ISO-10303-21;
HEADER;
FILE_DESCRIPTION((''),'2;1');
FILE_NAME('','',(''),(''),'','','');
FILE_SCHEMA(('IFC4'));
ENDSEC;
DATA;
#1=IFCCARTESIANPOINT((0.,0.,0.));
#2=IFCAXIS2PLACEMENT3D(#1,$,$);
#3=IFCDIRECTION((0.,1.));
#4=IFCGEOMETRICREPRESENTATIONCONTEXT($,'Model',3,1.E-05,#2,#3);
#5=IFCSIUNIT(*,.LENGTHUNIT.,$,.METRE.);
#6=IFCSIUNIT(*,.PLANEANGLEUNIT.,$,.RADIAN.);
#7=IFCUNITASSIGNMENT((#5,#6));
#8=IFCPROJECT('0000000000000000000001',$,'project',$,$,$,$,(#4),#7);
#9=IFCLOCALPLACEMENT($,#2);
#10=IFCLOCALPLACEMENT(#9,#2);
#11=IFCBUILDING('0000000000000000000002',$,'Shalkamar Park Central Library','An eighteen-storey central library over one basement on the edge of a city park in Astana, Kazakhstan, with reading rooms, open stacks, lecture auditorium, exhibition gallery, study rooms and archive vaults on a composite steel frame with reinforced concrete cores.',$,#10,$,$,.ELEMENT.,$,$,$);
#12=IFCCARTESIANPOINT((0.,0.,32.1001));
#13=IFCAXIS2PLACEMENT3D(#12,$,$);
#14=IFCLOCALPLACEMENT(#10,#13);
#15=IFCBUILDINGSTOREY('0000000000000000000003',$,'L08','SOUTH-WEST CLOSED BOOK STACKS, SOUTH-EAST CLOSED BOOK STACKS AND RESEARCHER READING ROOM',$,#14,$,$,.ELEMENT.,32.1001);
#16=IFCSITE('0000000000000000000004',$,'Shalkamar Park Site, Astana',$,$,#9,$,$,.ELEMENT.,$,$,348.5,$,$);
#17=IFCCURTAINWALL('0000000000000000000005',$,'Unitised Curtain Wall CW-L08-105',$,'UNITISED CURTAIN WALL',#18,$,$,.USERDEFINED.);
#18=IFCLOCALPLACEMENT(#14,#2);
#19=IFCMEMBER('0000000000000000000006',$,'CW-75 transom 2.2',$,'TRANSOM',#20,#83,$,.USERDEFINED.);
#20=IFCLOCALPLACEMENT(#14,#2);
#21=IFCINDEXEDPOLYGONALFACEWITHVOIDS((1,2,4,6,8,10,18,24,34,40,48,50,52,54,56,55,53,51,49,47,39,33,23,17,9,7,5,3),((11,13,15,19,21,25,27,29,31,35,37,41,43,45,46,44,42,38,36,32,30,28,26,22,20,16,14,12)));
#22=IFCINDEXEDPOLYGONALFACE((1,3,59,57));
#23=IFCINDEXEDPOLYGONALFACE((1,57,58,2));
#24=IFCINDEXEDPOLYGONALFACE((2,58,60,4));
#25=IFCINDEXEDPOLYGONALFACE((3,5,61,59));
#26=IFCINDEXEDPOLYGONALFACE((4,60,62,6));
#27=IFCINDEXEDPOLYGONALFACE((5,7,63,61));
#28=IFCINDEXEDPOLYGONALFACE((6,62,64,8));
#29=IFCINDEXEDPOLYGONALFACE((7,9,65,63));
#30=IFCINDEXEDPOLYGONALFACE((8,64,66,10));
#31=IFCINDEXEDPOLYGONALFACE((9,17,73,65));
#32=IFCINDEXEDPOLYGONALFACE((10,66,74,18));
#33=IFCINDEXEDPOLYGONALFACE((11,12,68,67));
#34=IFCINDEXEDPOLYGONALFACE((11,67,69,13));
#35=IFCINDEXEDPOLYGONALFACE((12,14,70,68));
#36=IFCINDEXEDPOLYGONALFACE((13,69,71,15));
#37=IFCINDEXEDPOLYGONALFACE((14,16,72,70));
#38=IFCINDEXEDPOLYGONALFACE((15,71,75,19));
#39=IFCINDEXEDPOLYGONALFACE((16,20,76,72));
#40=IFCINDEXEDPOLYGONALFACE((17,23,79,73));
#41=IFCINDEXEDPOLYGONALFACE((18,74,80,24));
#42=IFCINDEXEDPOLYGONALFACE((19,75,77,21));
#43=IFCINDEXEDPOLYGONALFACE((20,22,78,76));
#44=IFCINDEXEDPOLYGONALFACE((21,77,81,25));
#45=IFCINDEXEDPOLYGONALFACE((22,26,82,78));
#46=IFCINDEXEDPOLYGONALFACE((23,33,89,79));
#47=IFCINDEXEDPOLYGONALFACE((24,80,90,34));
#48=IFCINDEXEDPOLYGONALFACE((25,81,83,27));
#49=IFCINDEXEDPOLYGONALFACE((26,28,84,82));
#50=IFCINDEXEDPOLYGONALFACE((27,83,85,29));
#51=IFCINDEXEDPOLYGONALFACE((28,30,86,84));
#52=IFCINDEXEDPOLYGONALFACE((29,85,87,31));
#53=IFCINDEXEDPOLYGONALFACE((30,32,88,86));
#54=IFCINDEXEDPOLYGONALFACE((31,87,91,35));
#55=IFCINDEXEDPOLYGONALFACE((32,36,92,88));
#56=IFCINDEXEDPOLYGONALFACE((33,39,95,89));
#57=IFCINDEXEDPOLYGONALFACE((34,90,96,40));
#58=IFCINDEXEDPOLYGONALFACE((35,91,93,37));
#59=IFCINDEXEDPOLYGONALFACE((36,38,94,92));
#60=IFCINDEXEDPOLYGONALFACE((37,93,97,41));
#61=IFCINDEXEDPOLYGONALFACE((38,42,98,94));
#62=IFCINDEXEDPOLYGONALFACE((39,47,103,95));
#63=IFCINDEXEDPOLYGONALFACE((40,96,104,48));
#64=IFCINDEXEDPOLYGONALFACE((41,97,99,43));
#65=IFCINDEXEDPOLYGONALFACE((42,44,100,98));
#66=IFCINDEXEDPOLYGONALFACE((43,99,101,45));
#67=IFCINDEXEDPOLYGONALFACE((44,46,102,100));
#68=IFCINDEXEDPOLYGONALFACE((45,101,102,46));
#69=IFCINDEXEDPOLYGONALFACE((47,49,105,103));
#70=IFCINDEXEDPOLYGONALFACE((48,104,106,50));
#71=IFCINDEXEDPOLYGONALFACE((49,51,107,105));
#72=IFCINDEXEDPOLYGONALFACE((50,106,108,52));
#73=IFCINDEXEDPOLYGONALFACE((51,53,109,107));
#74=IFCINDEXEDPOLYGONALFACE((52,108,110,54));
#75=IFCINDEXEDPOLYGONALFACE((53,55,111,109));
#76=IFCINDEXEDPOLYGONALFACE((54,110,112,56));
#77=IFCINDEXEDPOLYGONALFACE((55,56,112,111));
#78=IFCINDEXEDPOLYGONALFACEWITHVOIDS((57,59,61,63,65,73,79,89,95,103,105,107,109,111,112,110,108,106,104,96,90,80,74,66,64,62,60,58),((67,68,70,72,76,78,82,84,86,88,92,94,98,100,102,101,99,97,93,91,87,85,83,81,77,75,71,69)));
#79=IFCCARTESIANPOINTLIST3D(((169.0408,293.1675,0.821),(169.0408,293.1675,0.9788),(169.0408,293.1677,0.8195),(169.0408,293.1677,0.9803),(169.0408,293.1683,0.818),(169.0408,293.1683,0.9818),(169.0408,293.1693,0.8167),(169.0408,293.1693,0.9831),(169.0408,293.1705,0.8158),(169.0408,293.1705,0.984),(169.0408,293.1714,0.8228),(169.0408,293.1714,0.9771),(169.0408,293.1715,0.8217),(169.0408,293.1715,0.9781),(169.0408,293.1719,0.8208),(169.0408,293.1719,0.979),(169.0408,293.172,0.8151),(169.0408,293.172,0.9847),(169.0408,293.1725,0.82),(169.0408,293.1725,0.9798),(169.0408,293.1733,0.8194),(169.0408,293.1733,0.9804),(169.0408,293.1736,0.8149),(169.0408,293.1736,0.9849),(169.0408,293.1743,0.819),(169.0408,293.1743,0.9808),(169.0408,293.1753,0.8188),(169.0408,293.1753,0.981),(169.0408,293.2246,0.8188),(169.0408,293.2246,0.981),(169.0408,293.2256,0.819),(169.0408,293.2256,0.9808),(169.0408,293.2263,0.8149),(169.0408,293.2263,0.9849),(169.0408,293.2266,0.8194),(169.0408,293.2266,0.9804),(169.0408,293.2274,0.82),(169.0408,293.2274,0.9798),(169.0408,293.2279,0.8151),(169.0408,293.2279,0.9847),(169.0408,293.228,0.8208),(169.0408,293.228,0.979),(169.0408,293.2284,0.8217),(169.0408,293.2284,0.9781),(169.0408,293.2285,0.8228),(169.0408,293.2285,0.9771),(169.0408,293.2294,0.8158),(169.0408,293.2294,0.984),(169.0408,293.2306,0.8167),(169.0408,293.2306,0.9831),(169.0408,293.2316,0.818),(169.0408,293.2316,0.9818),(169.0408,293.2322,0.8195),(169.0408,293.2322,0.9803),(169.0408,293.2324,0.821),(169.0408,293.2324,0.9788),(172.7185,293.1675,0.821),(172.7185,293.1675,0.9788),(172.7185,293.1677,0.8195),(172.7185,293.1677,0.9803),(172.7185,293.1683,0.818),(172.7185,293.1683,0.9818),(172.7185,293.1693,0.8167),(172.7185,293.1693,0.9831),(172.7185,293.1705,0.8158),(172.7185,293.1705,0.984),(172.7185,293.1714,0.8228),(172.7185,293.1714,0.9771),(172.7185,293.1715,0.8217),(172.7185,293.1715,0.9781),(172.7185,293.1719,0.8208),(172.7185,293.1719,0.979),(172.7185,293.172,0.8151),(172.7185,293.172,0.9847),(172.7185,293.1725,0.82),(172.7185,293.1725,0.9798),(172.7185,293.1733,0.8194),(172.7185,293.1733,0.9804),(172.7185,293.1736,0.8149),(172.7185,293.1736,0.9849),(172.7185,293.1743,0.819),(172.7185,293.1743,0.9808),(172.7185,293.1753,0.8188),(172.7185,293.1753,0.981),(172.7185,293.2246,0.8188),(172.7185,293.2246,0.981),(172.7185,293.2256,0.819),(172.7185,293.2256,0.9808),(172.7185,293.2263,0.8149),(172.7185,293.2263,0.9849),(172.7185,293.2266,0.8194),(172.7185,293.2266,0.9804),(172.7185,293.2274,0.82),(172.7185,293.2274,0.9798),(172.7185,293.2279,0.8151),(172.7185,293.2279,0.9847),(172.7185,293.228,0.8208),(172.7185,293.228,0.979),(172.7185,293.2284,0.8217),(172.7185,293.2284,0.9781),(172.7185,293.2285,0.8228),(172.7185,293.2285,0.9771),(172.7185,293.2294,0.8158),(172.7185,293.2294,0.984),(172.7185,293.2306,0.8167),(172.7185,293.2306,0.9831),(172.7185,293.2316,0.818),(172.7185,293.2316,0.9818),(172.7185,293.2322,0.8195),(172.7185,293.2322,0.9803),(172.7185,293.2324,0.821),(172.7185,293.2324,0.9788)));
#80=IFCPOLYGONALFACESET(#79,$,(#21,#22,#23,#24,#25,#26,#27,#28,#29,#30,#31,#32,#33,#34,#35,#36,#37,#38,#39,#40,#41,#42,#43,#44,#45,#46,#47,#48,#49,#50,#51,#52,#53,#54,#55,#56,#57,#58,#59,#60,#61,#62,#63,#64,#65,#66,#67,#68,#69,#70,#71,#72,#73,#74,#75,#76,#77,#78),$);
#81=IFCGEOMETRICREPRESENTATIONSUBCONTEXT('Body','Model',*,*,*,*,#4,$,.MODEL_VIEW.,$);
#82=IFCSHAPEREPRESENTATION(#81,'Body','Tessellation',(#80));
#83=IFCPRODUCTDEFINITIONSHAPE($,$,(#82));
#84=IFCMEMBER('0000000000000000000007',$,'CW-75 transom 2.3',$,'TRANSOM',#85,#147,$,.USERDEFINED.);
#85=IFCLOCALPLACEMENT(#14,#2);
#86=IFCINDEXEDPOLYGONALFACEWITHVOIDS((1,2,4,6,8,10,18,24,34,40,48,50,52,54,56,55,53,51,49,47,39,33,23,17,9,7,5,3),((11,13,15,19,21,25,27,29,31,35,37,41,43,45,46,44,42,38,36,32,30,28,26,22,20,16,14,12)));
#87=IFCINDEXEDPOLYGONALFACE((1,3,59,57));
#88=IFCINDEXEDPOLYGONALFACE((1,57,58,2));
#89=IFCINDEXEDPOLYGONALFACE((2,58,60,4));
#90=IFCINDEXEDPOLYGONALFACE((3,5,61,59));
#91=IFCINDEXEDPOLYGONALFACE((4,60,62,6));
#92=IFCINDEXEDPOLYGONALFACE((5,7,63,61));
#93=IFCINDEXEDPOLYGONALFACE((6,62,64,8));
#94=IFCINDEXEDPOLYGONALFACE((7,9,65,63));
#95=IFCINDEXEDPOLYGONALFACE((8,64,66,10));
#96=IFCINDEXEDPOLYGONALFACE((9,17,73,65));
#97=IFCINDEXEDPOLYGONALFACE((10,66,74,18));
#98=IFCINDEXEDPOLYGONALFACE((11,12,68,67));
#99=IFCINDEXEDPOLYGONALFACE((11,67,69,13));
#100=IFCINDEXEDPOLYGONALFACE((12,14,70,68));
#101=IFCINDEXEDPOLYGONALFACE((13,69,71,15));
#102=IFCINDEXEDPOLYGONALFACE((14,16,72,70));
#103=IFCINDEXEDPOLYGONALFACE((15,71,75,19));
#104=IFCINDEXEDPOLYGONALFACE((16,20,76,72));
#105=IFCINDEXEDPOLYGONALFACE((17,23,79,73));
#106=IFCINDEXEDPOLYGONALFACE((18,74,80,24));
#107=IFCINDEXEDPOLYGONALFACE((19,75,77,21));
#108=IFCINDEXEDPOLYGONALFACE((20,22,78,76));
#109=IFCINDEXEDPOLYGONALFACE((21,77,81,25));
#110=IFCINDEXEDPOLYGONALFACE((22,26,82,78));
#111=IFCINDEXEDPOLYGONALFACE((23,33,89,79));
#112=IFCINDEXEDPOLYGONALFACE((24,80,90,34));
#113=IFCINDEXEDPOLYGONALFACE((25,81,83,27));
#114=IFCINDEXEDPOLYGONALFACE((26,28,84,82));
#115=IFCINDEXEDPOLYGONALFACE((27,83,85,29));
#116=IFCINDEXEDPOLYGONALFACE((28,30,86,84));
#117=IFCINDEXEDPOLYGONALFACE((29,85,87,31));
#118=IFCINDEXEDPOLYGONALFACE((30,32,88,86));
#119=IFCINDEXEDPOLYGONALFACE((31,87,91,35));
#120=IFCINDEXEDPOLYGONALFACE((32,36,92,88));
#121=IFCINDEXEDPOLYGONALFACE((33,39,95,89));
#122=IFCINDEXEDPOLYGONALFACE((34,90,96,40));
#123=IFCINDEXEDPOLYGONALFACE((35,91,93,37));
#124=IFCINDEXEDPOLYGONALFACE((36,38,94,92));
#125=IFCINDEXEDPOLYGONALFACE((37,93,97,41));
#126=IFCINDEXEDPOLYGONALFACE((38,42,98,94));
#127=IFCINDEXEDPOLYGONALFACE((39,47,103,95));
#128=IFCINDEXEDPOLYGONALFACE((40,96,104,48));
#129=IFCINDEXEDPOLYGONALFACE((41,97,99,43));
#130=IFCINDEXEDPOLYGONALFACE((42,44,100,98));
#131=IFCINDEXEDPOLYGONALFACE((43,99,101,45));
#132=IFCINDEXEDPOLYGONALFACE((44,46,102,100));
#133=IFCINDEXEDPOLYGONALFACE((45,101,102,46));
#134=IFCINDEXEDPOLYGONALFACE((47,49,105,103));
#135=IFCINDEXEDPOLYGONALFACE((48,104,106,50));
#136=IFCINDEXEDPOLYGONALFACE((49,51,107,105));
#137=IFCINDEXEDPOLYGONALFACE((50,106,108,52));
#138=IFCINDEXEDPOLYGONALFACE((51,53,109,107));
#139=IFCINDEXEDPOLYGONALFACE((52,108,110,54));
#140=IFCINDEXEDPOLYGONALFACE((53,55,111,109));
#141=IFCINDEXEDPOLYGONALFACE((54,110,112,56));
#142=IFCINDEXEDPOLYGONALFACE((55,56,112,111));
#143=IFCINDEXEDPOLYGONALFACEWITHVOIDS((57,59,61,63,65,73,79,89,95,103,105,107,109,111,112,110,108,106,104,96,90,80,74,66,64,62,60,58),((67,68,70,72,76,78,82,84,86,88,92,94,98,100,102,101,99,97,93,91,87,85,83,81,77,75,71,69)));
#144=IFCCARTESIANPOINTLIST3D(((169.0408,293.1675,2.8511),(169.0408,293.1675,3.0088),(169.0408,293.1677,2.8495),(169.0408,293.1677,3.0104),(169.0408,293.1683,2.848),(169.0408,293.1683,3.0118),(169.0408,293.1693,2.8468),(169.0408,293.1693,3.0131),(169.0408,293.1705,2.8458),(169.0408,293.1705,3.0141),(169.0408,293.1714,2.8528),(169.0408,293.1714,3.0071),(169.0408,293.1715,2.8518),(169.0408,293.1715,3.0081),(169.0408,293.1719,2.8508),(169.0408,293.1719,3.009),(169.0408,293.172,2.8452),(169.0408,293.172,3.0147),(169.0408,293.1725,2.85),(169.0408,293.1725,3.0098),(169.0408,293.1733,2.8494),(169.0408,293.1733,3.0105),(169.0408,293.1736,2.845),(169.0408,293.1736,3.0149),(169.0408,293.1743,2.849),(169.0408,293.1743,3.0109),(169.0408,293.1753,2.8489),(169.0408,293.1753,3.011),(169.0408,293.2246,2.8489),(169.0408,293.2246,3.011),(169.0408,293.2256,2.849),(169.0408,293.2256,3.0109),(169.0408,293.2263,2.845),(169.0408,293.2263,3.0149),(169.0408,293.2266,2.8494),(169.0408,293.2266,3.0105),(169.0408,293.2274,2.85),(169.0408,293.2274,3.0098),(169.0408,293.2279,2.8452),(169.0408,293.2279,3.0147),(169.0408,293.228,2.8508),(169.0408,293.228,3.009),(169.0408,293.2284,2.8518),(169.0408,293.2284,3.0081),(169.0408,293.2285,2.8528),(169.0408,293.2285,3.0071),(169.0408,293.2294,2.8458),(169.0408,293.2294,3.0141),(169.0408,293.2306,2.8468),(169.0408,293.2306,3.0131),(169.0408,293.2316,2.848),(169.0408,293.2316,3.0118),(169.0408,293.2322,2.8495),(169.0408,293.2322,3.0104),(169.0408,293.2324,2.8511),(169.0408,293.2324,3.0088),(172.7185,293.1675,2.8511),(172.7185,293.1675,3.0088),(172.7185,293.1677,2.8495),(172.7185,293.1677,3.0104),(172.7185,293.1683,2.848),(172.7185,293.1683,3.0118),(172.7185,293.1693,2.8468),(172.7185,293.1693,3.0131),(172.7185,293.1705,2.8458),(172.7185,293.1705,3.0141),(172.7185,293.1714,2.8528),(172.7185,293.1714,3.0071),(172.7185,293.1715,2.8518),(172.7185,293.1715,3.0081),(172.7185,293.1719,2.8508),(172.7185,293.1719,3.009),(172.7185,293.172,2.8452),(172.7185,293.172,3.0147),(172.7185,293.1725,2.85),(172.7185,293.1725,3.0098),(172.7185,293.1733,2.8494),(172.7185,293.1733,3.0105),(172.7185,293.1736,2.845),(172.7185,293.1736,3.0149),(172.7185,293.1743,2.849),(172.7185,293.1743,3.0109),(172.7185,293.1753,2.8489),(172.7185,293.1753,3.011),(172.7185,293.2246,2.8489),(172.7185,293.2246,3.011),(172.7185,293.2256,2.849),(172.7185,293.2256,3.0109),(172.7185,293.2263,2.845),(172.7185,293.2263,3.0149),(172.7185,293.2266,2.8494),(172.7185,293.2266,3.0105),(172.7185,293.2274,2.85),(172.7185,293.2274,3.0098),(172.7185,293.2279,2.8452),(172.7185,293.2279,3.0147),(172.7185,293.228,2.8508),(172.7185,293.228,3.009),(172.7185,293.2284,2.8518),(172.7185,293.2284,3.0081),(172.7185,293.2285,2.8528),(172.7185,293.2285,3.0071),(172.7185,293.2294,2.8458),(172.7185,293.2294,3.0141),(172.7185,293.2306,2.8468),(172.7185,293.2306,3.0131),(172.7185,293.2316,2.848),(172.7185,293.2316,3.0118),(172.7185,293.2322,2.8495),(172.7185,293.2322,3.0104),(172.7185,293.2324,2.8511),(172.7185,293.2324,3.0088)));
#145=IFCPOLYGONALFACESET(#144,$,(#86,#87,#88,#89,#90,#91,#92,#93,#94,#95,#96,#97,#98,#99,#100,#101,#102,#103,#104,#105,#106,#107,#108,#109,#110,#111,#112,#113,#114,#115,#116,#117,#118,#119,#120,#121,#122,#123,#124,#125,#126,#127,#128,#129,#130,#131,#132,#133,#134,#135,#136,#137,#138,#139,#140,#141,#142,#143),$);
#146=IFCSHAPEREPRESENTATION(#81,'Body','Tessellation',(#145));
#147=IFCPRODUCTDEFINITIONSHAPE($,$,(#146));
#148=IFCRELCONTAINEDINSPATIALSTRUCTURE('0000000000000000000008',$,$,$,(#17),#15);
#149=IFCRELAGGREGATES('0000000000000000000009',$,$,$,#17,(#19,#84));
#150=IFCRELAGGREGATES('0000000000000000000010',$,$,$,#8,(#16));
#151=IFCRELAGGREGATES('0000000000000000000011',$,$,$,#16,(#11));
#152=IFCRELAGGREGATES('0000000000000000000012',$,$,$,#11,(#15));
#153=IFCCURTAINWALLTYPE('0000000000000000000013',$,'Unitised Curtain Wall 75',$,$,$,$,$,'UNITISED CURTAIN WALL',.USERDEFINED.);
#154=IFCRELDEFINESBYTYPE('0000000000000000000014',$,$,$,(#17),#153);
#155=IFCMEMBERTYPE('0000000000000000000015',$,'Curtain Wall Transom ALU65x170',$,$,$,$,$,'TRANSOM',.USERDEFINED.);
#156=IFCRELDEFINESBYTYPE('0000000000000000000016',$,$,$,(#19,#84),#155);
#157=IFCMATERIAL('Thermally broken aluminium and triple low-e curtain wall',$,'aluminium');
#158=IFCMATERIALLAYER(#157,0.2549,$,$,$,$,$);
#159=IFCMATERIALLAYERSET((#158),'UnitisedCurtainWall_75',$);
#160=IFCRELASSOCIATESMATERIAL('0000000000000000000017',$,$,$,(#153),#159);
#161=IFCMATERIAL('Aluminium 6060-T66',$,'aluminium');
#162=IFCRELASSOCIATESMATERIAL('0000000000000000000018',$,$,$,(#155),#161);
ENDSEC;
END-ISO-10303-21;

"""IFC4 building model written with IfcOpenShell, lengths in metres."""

from ifc_helpers import new_model, si_unit, direction, frame, origin, origin_2d, place, context, subcontext, project, spatial, hollow_rectangle, extrude, material, layer, layer_set, material_profile, profile_set, type_object, element, aggregate, save


model = new_model("IFC4")

# Units and contexts
model_context = context("Model", 3, precision=1e-05, world=origin(), true_north=direction((0.0, 1.0)))
body_context = subcontext(model_context, "Body", "Model", "MODEL_VIEW")
ifc_project = project(units=[si_unit("LENGTHUNIT", "METRE"), si_unit("PLANEANGLEUNIT", "RADIAN")], contexts=[model_context])

# Site, building, storey
site_placement = place(None, origin())
site = spatial("IfcSite", under=ifc_project, at=site_placement, Name="Shalkamar Park Site, Astana", CompositionType="ELEMENT", RefElevation=348.5)
building_placement = place(site_placement, origin())
building = spatial("IfcBuilding", under=site, at=building_placement, Name="Shalkamar Park Central Library", Description="An eighteen-storey central library over one basement on the edge of a city park in Astana, Kazakhstan, with reading rooms, open stacks, lecture auditorium, exhibition gallery, study rooms and archive vaults on a composite steel frame with reinforced concrete cores.", CompositionType="ELEMENT")
storey_placement = place(building_placement, frame((0.0, 0.0, 32.1001)))
storey = spatial("IfcBuildingStorey", under=building, at=storey_placement, Name="L08", Description="SOUTH-WEST CLOSED BOOK STACKS, SOUTH-EAST CLOSED BOOK STACKS AND RESEARCHER READING ROOM", CompositionType="ELEMENT", Elevation=32.1001)

# Curtain wall
ifc_material_1 = material(Name="Thermally broken aluminium and triple low-e curtain wall", Category="aluminium")
ifc_layer_1 = layer(ifc_material_1, 0.2549)
ifc_layer_set_1 = layer_set([ifc_layer_1], Name="UnitisedCurtainWall_75")
curtain_wall_type_1 = type_object("IfcCurtainWallType", Name="Unitised Curtain Wall 75", ElementType="UNITISED CURTAIN WALL", PredefinedType="USERDEFINED", material=ifc_layer_set_1)
curtain_wall_1_placement = place(storey_placement, origin())
curtain_wall_1 = element("IfcCurtainWall", 1, at=curtain_wall_1_placement, inside=storey, type_object=curtain_wall_type_1, Name="Unitised Curtain Wall CW-L08-105", ObjectType="UNITISED CURTAIN WALL", PredefinedType="USERDEFINED")
ifc_material_2 = material(Name="Aluminium 6060-T66", Category="aluminium")

# Members
ifc_material_profile_1 = material_profile(ifc_material_2, hollow_rectangle(XDim=0.0649, YDim=0.1699, WallThickness=0.0039, InnerFilletRadius=0.0039, OuterFilletRadius=0.0061, at=origin_2d()), Name="ALU 65x170x4")
ifc_profile_set_1 = profile_set([ifc_material_profile_1], Name="Aluminium 6060-T66")
member_type_1 = type_object("IfcMemberType", Name="Curtain Wall Transom ALU65x170", ElementType="TRANSOM", PredefinedType="USERDEFINED", material=ifc_profile_set_1)
member_1_placement = place(storey_placement, frame((169.0408, 293.2, 0.8999), z_axis=(1.0, 0.0, 0.0), x_axis=(0.0, 1.0, 0.0)))
member_1 = element("IfcMember", 2, at=member_1_placement, type_object=member_type_1, Name="CW-75 transom 2.2", ObjectType="TRANSOM", PredefinedType="USERDEFINED", context=body_context, shape_type="SweptSolid", body=[
    extrude(hollow_rectangle(XDim=0.0649, YDim=0.1699, WallThickness=0.0039, InnerFilletRadius=0.0039, OuterFilletRadius=0.0061, at=origin_2d()), origin(), (0.0, 0.0, 1.0), 3.6777),
])
member_2_placement = place(storey_placement, frame((169.0408, 293.2, 2.9299), z_axis=(1.0, 0.0, 0.0), x_axis=(0.0, 1.0, 0.0)))
member_2 = element("IfcMember", 3, at=member_2_placement, type_object=member_type_1, Name="CW-75 transom 2.3", ObjectType="TRANSOM", PredefinedType="USERDEFINED", context=body_context, shape_type="SweptSolid", body=[
    extrude(hollow_rectangle(XDim=0.0649, YDim=0.1699, WallThickness=0.0039, InnerFilletRadius=0.0039, OuterFilletRadius=0.0061, at=origin_2d()), origin(), (0.0, 0.0, 1.0), 3.6777),
])

aggregate(curtain_wall_1, [member_1, member_2])

save(model, "model.ifc")
